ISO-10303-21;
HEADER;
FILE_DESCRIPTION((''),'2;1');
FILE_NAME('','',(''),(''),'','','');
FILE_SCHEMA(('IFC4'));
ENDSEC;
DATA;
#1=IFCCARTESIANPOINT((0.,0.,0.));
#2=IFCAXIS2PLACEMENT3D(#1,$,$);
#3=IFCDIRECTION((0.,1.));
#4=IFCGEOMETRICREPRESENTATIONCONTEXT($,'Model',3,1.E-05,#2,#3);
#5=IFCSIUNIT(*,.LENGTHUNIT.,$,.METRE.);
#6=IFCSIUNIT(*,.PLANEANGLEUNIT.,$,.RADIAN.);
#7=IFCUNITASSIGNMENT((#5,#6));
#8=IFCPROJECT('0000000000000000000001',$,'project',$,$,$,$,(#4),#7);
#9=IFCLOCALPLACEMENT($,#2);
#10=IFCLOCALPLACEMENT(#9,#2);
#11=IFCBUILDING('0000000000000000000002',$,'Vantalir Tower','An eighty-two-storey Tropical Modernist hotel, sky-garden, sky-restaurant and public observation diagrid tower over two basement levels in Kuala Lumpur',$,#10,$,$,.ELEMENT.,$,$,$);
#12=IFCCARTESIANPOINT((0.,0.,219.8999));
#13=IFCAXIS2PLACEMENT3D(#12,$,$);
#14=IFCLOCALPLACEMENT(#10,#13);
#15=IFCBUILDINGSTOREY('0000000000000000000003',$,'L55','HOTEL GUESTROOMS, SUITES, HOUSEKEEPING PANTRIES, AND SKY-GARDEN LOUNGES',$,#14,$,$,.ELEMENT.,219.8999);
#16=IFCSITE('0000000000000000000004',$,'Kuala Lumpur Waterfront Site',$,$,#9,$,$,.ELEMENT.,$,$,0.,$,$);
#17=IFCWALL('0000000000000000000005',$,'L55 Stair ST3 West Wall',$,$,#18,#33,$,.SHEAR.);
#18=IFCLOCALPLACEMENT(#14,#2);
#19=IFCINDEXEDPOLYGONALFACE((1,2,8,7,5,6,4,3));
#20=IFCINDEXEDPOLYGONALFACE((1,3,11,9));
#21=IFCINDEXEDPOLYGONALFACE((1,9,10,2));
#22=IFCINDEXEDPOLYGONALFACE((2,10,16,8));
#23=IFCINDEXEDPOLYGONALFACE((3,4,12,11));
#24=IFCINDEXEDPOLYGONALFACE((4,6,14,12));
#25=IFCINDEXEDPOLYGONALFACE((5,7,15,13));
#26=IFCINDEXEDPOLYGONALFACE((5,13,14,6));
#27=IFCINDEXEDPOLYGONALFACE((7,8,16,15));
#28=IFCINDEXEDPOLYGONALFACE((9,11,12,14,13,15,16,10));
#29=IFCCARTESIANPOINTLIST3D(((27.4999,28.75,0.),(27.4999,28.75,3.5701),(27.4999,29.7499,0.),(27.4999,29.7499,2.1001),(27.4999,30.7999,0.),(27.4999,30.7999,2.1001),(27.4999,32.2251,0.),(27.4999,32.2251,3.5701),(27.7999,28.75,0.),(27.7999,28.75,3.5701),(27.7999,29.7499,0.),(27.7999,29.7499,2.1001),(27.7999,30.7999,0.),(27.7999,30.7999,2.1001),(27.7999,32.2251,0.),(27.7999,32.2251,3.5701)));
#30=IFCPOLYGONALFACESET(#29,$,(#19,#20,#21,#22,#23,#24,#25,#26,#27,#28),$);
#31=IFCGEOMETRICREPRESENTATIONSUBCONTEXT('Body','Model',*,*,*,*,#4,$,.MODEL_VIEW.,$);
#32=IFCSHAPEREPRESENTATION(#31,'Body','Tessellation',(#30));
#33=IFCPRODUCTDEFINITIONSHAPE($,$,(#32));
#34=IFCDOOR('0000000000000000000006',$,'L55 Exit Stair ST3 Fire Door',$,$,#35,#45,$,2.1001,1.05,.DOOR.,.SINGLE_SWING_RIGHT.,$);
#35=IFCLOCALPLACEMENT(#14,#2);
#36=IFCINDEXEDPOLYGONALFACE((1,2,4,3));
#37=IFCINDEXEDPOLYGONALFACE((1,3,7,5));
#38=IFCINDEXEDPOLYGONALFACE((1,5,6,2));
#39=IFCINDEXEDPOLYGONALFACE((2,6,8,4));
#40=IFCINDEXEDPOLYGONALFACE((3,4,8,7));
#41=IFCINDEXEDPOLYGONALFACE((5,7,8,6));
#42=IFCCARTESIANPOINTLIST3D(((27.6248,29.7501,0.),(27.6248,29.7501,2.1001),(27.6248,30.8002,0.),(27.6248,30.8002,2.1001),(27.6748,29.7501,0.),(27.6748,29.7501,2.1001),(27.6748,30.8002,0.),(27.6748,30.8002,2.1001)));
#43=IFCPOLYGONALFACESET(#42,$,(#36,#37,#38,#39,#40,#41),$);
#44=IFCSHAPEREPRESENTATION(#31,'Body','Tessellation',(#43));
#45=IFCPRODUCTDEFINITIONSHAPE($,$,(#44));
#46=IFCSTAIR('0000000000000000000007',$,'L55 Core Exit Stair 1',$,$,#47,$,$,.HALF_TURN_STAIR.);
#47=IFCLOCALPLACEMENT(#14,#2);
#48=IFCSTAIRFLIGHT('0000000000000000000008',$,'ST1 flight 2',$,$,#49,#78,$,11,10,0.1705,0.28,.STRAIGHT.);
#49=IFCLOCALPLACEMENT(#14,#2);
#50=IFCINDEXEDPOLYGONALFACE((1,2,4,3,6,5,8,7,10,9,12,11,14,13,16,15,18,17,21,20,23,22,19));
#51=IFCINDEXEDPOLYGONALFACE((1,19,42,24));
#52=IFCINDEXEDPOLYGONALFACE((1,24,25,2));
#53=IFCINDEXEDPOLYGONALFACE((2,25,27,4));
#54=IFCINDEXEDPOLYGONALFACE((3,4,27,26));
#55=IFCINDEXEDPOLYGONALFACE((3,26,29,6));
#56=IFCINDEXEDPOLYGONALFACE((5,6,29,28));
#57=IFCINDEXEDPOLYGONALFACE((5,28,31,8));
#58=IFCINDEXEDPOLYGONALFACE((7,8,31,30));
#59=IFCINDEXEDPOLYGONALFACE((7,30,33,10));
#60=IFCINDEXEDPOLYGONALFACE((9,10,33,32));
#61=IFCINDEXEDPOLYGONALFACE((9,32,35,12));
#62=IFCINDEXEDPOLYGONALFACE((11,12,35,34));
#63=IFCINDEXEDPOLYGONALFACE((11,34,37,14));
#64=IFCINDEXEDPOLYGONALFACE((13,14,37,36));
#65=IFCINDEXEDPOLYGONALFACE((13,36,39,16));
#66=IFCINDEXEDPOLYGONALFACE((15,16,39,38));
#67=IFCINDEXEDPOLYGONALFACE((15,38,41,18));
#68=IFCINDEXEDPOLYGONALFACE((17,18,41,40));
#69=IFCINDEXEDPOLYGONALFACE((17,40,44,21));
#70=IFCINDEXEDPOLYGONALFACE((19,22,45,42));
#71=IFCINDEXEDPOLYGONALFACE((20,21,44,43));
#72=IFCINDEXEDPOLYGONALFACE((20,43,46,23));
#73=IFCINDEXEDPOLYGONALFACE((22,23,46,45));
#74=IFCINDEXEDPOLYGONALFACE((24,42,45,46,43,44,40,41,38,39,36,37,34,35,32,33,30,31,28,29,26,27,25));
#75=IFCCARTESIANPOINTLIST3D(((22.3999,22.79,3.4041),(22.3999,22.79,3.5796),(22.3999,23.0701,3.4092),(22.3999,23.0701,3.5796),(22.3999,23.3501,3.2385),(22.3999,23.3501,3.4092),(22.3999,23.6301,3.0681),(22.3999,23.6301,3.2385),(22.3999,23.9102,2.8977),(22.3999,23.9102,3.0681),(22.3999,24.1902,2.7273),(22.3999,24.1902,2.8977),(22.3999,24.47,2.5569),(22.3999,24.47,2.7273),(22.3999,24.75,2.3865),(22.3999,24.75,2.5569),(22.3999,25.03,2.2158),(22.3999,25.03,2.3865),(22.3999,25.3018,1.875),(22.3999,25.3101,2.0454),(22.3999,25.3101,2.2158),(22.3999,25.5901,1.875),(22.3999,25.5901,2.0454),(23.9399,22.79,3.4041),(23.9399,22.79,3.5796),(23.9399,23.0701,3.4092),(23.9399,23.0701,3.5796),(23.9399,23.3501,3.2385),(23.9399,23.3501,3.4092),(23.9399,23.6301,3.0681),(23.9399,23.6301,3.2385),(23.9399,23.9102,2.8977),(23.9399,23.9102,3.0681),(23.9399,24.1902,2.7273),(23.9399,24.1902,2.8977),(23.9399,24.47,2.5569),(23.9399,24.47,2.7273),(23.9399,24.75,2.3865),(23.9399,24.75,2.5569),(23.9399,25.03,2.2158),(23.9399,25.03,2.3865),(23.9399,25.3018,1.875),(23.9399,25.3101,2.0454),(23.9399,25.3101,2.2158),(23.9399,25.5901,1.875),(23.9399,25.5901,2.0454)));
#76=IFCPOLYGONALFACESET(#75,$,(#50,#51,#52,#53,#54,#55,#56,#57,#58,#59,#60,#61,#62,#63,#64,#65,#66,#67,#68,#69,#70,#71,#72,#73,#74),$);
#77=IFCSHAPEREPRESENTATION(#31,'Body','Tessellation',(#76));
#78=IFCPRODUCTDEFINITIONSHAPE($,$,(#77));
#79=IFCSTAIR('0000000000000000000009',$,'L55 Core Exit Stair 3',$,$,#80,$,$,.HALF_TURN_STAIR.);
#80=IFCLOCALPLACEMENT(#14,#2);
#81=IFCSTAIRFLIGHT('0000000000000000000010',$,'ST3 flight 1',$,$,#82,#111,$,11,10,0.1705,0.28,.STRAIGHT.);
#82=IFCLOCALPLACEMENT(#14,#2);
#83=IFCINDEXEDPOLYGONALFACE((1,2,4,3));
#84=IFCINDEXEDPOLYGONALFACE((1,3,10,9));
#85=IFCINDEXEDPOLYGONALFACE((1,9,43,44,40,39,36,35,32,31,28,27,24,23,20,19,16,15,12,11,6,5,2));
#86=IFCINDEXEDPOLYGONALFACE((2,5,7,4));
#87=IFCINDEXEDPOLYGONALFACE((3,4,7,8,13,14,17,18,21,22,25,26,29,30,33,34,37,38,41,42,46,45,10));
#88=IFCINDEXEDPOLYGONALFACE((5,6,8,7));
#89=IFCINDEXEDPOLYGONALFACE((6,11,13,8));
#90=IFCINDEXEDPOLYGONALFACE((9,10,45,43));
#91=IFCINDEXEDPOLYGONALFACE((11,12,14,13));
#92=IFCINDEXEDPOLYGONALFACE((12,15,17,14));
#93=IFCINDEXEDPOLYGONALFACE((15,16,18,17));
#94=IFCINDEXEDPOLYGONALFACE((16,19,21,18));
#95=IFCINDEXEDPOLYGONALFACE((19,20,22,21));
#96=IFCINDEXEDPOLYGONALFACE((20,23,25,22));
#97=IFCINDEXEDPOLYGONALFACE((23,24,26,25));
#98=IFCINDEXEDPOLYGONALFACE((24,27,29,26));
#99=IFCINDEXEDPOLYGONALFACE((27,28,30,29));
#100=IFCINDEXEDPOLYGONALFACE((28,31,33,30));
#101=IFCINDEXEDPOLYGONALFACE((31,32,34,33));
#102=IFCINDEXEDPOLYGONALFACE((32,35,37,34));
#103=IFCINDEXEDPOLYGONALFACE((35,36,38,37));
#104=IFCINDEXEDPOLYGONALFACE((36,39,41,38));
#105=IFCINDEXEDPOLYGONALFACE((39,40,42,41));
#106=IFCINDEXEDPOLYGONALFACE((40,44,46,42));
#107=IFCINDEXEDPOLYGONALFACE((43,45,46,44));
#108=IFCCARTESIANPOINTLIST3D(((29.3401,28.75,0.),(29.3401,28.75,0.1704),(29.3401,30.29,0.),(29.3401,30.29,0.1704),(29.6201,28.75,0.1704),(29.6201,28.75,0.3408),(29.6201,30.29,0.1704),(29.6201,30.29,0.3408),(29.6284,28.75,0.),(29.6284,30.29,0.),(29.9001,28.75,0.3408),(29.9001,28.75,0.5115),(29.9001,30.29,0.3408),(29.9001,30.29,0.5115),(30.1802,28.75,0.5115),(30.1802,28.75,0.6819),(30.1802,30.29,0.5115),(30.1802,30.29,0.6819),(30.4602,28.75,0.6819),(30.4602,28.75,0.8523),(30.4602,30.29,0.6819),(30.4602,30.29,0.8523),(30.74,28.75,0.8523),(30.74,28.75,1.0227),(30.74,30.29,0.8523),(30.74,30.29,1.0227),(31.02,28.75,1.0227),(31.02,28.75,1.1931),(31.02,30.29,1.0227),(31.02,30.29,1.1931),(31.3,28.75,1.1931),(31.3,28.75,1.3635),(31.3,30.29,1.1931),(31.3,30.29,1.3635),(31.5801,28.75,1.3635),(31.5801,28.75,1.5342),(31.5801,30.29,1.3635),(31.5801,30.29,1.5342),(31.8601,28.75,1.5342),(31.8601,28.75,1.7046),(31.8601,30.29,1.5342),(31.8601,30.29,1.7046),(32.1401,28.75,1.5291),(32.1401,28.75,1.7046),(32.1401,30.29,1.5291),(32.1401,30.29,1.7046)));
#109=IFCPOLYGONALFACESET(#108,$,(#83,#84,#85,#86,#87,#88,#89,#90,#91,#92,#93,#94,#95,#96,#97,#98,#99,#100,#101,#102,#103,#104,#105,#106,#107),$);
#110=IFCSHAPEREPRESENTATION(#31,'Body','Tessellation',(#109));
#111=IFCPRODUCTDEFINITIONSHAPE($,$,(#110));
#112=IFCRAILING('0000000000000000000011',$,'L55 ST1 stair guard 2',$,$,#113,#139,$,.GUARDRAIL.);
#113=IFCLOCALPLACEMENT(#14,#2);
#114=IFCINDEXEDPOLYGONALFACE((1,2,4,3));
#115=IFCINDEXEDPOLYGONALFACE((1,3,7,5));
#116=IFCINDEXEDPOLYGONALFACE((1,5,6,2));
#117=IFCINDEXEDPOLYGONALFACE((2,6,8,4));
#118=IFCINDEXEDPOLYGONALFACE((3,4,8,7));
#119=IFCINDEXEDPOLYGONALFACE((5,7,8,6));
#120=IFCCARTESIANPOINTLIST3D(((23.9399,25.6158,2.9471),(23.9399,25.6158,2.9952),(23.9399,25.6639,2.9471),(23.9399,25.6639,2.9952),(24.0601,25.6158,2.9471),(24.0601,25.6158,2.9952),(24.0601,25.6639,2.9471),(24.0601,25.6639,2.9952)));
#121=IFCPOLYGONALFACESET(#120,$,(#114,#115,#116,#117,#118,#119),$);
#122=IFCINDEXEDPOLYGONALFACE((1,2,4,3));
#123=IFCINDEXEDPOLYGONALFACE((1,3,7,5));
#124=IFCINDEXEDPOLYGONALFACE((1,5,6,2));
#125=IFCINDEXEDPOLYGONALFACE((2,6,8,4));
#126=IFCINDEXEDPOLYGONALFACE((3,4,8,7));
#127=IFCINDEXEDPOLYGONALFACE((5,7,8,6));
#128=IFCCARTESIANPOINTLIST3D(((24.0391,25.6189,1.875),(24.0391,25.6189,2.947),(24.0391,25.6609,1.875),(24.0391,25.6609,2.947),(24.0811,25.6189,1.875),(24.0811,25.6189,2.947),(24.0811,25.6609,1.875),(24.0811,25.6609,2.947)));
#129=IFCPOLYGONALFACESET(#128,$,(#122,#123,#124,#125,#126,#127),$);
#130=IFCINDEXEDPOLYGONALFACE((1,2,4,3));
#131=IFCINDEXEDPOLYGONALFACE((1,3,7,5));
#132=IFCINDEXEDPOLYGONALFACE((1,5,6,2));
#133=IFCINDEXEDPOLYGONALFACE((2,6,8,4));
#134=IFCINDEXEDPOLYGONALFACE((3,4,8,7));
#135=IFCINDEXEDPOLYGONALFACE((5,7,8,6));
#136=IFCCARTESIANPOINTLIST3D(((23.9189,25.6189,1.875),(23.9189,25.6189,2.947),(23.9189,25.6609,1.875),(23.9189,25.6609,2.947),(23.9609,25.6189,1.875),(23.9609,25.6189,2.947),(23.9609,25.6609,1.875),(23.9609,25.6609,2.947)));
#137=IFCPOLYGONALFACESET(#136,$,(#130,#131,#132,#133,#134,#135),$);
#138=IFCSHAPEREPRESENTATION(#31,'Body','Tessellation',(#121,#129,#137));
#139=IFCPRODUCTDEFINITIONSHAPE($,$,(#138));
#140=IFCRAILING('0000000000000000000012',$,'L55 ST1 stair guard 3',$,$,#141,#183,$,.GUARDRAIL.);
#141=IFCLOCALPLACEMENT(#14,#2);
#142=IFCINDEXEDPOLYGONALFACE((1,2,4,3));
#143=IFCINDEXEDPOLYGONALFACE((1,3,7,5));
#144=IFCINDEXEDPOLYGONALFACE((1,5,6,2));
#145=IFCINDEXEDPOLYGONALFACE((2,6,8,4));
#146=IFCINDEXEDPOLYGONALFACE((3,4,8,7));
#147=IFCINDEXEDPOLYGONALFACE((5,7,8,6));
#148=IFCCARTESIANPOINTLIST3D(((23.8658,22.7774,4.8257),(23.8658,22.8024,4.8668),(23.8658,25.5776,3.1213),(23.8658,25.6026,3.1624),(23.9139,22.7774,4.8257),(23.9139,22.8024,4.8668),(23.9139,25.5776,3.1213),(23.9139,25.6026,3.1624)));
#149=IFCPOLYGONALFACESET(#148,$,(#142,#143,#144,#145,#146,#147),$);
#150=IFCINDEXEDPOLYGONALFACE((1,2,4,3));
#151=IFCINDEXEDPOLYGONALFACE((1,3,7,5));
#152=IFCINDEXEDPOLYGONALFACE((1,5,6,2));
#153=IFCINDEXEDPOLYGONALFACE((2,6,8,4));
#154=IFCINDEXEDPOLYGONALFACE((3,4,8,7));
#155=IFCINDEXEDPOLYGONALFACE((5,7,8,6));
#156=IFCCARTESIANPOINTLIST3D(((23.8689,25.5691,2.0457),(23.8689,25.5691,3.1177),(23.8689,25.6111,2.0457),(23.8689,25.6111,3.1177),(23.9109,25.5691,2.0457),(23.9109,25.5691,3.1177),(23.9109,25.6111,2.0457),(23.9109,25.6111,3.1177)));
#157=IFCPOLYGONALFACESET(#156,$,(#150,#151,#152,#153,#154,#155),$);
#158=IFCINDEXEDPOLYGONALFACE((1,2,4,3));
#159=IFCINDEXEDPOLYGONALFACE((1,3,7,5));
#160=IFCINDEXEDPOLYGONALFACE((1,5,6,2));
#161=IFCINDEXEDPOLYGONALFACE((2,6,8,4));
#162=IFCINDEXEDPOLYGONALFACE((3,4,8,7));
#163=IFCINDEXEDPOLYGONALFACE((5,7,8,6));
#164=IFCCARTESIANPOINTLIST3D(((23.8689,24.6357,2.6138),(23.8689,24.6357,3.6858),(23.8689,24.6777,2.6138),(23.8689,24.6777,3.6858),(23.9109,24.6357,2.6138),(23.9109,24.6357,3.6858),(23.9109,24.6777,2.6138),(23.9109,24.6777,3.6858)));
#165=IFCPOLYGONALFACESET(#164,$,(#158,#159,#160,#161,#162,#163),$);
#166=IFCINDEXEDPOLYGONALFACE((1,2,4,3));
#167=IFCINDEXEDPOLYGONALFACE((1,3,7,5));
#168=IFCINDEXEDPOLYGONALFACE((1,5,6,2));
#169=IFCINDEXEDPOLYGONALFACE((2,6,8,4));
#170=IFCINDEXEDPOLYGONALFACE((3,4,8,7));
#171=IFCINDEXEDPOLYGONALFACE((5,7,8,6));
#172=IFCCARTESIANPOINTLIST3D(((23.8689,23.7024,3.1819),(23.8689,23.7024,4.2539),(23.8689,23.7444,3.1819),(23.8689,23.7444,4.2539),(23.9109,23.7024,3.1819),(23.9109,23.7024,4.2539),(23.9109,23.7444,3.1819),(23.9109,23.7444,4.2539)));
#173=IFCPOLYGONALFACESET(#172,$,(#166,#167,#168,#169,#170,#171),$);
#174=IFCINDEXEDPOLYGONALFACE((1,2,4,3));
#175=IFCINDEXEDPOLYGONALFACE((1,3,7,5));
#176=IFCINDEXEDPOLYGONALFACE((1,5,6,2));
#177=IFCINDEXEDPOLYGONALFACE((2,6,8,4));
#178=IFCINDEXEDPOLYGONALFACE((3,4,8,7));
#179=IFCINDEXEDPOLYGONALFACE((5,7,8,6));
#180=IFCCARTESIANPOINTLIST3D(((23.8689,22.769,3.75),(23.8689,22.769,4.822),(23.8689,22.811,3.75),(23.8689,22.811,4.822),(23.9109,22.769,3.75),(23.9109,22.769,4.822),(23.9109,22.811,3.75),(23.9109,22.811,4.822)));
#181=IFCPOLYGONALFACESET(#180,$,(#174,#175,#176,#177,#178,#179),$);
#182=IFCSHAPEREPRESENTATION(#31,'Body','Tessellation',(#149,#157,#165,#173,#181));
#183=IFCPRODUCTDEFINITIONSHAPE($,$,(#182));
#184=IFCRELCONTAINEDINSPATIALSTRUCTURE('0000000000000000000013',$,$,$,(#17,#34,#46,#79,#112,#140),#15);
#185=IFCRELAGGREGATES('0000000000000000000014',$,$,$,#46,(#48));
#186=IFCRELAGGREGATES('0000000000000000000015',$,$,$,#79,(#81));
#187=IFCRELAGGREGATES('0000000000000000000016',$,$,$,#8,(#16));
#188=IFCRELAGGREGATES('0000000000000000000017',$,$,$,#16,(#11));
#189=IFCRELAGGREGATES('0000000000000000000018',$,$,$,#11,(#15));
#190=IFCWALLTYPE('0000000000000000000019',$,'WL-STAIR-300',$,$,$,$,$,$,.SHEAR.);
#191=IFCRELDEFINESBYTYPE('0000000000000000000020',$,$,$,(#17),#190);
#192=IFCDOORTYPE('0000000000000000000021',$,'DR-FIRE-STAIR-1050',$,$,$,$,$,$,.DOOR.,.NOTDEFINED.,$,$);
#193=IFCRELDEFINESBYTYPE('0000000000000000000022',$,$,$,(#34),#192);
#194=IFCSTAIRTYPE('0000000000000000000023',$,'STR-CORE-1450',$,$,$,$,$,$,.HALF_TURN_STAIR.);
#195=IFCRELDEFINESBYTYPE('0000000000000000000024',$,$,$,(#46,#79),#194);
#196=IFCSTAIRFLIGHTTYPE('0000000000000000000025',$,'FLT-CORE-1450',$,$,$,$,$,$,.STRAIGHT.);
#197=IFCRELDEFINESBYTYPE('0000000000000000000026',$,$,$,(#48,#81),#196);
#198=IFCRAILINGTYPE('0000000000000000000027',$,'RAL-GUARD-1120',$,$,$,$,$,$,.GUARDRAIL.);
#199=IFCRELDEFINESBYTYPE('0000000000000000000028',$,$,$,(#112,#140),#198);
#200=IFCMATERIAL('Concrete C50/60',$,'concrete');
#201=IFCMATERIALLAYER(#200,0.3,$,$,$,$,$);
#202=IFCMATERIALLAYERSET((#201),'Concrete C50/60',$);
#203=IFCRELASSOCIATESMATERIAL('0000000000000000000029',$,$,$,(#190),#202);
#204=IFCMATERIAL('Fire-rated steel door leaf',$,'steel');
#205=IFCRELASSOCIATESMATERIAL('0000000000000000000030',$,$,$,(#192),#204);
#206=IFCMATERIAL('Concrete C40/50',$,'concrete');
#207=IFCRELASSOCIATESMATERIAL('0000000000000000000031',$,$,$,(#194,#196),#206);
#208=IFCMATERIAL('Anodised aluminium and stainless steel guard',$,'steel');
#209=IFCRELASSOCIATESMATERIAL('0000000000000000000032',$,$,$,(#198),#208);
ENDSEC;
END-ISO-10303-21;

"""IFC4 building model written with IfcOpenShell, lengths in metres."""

from ifc_helpers import new_model, si_unit, direction, frame, frame_2d, origin, origin_2d, place, context, subcontext, project, spatial, polyline, rectangle, outline, extrude, material, layer, layer_set, type_object, element, fill, aggregate, save


model = new_model("IFC4")

# Units and contexts
model_context = context("Model", 3, precision=1e-05, world=origin(), true_north=direction((0.0, 1.0)))
body_context = subcontext(model_context, "Body", "Model", "MODEL_VIEW")
ifc_project = project(units=[si_unit("LENGTHUNIT", "METRE"), si_unit("PLANEANGLEUNIT", "RADIAN")], contexts=[model_context])

# Site, building, storey
site_placement = place(None, origin())
site = spatial("IfcSite", under=ifc_project, at=site_placement, Name="Kuala Lumpur Waterfront Site", CompositionType="ELEMENT", RefElevation=0.0)
building_placement = place(site_placement, origin())
building = spatial("IfcBuilding", under=site, at=building_placement, Name="Vantalir Tower", Description="An eighty-two-storey Tropical Modernist hotel, sky-garden, sky-restaurant and public observation diagrid tower over two basement levels in Kuala Lumpur", CompositionType="ELEMENT")
storey_placement = place(building_placement, frame((0.0, 0.0, 219.8999)))
storey = spatial("IfcBuildingStorey", under=building, at=storey_placement, Name="L55", Description="HOTEL GUESTROOMS, SUITES, HOUSEKEEPING PANTRIES, AND SKY-GARDEN LOUNGES", CompositionType="ELEMENT", Elevation=219.8999)

# Shared definitions
ifc_material_1 = material(Name="Concrete C50/60", Category="concrete")

# Shared definitions
ifc_layer_1 = layer(ifc_material_1, 0.3)
ifc_layer_set_1 = layer_set([ifc_layer_1], Name="Concrete C50/60")
wall_type_1 = type_object("IfcWallType", Name="WL-STAIR-300", PredefinedType="SHEAR", material=ifc_layer_set_1)

# Wall, opening, door
wall_1_placement = place(storey_placement, frame((27.6499, 28.75, 0.0), z_axis=(0.0, 0.0, 1.0), x_axis=(0.0, 1.0, 0.0)))
wall_1 = element("IfcWall", 1, at=wall_1_placement, inside=storey, type_object=wall_type_1, Name="L55 Stair ST3 West Wall", PredefinedType="SHEAR", context=body_context, shape_type="SweptSolid", body=[
    extrude(rectangle(XDim=3.4751, YDim=0.3, at=frame_2d((1.7375, 0.0))), origin(), (0.0, 0.0, 1.0), 3.5701),
])
opening_1_placement = place(wall_1_placement, frame((1.0, 0.0, 0.0)))
opening_1 = element("IfcOpeningElement", 2, at=opening_1_placement, cuts=wall_1, PredefinedType="OPENING", context=body_context, shape_type="SweptSolid", body=[
    extrude(rectangle(XDim=1.05, YDim=2.1001, at=frame_2d((0.5249, 1.05))), frame((0.0, 0.1599, 0.0), z_axis=(0.0, -1.0, 0.0), x_axis=(1.0, 0.0, 0.0)), (0.0, 0.0, 1.0), 0.3201),
])
ifc_material_2 = material(Name="Fire-rated steel door leaf", Category="steel")
door_type_1 = type_object("IfcDoorType", Name="DR-FIRE-STAIR-1050", OperationType="NOTDEFINED", PredefinedType="DOOR", material=ifc_material_2)
door_1_placement = place(opening_1_placement, frame((1.05, 0.0, 0.0), z_axis=(0.0, 0.0, 1.0), x_axis=(-1.0, 0.0, 0.0)))
door_1 = element("IfcDoor", 3, at=door_1_placement, inside=storey, type_object=door_type_1, Name="L55 Exit Stair ST3 Fire Door", OperationType="SINGLE_SWING_RIGHT", OverallHeight=2.1001, OverallWidth=1.05, PredefinedType="DOOR", context=body_context, shape_type="SweptSolid", body=[
    extrude(rectangle(XDim=1.05, YDim=2.1001, at=frame_2d((0.5249, 1.05))), frame((0.0, 0.0249, 0.0), z_axis=(0.0, -1.0, 0.0), x_axis=(1.0, 0.0, 0.0)), (0.0, 0.0, 1.0), 0.05),
])
fill(opening_1, door_1)

# Stairs, stair flights
ifc_material_3 = material(Name="Concrete C40/50", Category="concrete")
stair_type = type_object("IfcStairType", Name="STR-CORE-1450", PredefinedType="HALF_TURN_STAIR", material=ifc_material_3)
stair_1_placement = place(storey_placement, origin())
stair_1 = element("IfcStair", 4, at=stair_1_placement, inside=storey, type_object=stair_type, Name="L55 Core Exit Stair 1", PredefinedType="HALF_TURN_STAIR")
stair_flight_type = type_object("IfcStairFlightType", Name="FLT-CORE-1450", PredefinedType="STRAIGHT", material=ifc_material_3)
stair_flight_1_placement = place(storey_placement, frame((23.1699, 25.5901, 1.875), z_axis=(0.0, 0.0, 1.0), x_axis=(0.0, -1.0, 0.0)))
stair_flight_1 = element("IfcStairFlight", 5, at=stair_flight_1_placement, type_object=stair_flight_type, Name="ST1 flight 2", NumberOfRisers=11, NumberOfTreads=10, PredefinedType="STRAIGHT", RiserHeight=0.1705, TreadLength=0.28, context=body_context, shape_type="SweptSolid", body=[
    extrude(outline(polyline([(0.0, 0.0), (0.0, 0.1704), (0.28, 0.1704), (0.28, 0.3408), (0.5601, 0.3408), (0.5601, 0.5115), (0.8401, 0.5115), (0.8401, 0.6819), (1.1201, 0.6819), (1.1201, 0.8523), (1.3999, 0.8523), (1.3999, 1.0227), (1.6799, 1.0227), (1.6799, 1.1931), (1.96, 1.1931), (1.96, 1.3635), (2.24, 1.3635), (2.24, 1.5342), (2.52, 1.5342), (2.52, 1.7046), (2.8, 1.7046), (2.8, 1.875), (2.8, 1.5291), (0.2883, 0.0), (0.0, 0.0)])), frame((0.0, 0.77, 0.0), z_axis=(0.0, -1.0, 0.0), x_axis=(1.0, 0.0, 0.0)), (0.0, 0.0, 1.0), 1.54),
])
aggregate(stair_1, [stair_flight_1])
stair_2_placement = place(storey_placement, origin())
stair_2 = element("IfcStair", 6, at=stair_2_placement, inside=storey, type_object=stair_type, Name="L55 Core Exit Stair 3", PredefinedType="HALF_TURN_STAIR")
stair_flight_2_placement = place(storey_placement, frame((29.3401, 29.52, 0.0), z_axis=(0.0, 0.0, 1.0), x_axis=(1.0, 0.0, 0.0)))
stair_flight_2 = element("IfcStairFlight", 7, at=stair_flight_2_placement, type_object=stair_flight_type, Name="ST3 flight 1", NumberOfRisers=11, NumberOfTreads=10, PredefinedType="STRAIGHT", RiserHeight=0.1705, TreadLength=0.28, context=body_context, shape_type="SweptSolid", body=[
    extrude(outline(polyline([(0.0, 0.0), (0.0, 0.1704), (0.28, 0.1704), (0.28, 0.3408), (0.5601, 0.3408), (0.5601, 0.5115), (0.8401, 0.5115), (0.8401, 0.6819), (1.1201, 0.6819), (1.1201, 0.8523), (1.3999, 0.8523), (1.3999, 1.0227), (1.6799, 1.0227), (1.6799, 1.1931), (1.96, 1.1931), (1.96, 1.3635), (2.24, 1.3635), (2.24, 1.5342), (2.52, 1.5342), (2.52, 1.7046), (2.8, 1.7046), (2.8, 1.875), (2.8, 1.5291), (0.2883, 0.0), (0.0, 0.0)])), frame((0.0, 0.77, 0.0), z_axis=(0.0, -1.0, 0.0), x_axis=(1.0, 0.0, 0.0)), (0.0, 0.0, 1.0), 1.54),
])
aggregate(stair_2, [stair_flight_2])

# Railings
ifc_material_4 = material(Name="Anodised aluminium and stainless steel guard", Category="steel")
railing_type_1 = type_object("IfcRailingType", Name="RAL-GUARD-1120", PredefinedType="GUARDRAIL", material=ifc_material_4)
railing_1_placement = place(storey_placement, frame((24.0601, 25.6399, 1.875)))
element("IfcRailing", 8, at=railing_1_placement, inside=storey, type_object=railing_type_1, Name="L55 ST1 stair guard 2", PredefinedType="GUARDRAIL", context=body_context, shape_type="SweptSolid", body=[
    extrude(rectangle(XDim=0.0481, YDim=0.0481, at=origin_2d()), frame((0.0, 0.0, 1.0962), z_axis=(-1.0, 0.0, 0.0), x_axis=(0.0, -1.0, 0.0)), (0.0, 0.0, 1.0), 0.1201),
    extrude(rectangle(XDim=0.042, YDim=0.042, at=origin_2d()), origin(), (0.0, 0.0, 1.0), 1.072),
    extrude(rectangle(XDim=0.042, YDim=0.042, at=origin_2d()), frame((-0.1201, 0.0, 0.0)), (0.0, 0.0, 1.0), 1.072),
])
railing_2_placement = place(storey_placement, frame((23.8899, 25.5901, 2.0457)))
element("IfcRailing", 9, at=railing_2_placement, inside=storey, type_object=railing_type_1, Name="L55 ST1 stair guard 3", PredefinedType="GUARDRAIL", context=body_context, shape_type="SweptSolid", body=[
    extrude(rectangle(XDim=0.0481, YDim=0.0481, at=origin_2d()), frame((0.0, 0.0, 1.0962), z_axis=(0.0, -0.854203, 0.51994), x_axis=(1.0, 0.0, 0.0)), (0.0, 0.0, 1.0), 3.2781),
    extrude(rectangle(XDim=0.042, YDim=0.042, at=origin_2d()), origin(), (0.0, 0.0, 1.0), 1.072),
    extrude(rectangle(XDim=0.042, YDim=0.042, at=origin_2d()), frame((0.0, -0.9333, 0.5681)), (0.0, 0.0, 1.0), 1.072),
    extrude(rectangle(XDim=0.042, YDim=0.042, at=origin_2d()), frame((0.0, -1.8667, 1.1362)), (0.0, 0.0, 1.0), 1.072),
    extrude(rectangle(XDim=0.042, YDim=0.042, at=origin_2d()), frame((0.0, -2.8, 1.7043)), (0.0, 0.0, 1.0), 1.072),
])

save(model, "model.ifc")
